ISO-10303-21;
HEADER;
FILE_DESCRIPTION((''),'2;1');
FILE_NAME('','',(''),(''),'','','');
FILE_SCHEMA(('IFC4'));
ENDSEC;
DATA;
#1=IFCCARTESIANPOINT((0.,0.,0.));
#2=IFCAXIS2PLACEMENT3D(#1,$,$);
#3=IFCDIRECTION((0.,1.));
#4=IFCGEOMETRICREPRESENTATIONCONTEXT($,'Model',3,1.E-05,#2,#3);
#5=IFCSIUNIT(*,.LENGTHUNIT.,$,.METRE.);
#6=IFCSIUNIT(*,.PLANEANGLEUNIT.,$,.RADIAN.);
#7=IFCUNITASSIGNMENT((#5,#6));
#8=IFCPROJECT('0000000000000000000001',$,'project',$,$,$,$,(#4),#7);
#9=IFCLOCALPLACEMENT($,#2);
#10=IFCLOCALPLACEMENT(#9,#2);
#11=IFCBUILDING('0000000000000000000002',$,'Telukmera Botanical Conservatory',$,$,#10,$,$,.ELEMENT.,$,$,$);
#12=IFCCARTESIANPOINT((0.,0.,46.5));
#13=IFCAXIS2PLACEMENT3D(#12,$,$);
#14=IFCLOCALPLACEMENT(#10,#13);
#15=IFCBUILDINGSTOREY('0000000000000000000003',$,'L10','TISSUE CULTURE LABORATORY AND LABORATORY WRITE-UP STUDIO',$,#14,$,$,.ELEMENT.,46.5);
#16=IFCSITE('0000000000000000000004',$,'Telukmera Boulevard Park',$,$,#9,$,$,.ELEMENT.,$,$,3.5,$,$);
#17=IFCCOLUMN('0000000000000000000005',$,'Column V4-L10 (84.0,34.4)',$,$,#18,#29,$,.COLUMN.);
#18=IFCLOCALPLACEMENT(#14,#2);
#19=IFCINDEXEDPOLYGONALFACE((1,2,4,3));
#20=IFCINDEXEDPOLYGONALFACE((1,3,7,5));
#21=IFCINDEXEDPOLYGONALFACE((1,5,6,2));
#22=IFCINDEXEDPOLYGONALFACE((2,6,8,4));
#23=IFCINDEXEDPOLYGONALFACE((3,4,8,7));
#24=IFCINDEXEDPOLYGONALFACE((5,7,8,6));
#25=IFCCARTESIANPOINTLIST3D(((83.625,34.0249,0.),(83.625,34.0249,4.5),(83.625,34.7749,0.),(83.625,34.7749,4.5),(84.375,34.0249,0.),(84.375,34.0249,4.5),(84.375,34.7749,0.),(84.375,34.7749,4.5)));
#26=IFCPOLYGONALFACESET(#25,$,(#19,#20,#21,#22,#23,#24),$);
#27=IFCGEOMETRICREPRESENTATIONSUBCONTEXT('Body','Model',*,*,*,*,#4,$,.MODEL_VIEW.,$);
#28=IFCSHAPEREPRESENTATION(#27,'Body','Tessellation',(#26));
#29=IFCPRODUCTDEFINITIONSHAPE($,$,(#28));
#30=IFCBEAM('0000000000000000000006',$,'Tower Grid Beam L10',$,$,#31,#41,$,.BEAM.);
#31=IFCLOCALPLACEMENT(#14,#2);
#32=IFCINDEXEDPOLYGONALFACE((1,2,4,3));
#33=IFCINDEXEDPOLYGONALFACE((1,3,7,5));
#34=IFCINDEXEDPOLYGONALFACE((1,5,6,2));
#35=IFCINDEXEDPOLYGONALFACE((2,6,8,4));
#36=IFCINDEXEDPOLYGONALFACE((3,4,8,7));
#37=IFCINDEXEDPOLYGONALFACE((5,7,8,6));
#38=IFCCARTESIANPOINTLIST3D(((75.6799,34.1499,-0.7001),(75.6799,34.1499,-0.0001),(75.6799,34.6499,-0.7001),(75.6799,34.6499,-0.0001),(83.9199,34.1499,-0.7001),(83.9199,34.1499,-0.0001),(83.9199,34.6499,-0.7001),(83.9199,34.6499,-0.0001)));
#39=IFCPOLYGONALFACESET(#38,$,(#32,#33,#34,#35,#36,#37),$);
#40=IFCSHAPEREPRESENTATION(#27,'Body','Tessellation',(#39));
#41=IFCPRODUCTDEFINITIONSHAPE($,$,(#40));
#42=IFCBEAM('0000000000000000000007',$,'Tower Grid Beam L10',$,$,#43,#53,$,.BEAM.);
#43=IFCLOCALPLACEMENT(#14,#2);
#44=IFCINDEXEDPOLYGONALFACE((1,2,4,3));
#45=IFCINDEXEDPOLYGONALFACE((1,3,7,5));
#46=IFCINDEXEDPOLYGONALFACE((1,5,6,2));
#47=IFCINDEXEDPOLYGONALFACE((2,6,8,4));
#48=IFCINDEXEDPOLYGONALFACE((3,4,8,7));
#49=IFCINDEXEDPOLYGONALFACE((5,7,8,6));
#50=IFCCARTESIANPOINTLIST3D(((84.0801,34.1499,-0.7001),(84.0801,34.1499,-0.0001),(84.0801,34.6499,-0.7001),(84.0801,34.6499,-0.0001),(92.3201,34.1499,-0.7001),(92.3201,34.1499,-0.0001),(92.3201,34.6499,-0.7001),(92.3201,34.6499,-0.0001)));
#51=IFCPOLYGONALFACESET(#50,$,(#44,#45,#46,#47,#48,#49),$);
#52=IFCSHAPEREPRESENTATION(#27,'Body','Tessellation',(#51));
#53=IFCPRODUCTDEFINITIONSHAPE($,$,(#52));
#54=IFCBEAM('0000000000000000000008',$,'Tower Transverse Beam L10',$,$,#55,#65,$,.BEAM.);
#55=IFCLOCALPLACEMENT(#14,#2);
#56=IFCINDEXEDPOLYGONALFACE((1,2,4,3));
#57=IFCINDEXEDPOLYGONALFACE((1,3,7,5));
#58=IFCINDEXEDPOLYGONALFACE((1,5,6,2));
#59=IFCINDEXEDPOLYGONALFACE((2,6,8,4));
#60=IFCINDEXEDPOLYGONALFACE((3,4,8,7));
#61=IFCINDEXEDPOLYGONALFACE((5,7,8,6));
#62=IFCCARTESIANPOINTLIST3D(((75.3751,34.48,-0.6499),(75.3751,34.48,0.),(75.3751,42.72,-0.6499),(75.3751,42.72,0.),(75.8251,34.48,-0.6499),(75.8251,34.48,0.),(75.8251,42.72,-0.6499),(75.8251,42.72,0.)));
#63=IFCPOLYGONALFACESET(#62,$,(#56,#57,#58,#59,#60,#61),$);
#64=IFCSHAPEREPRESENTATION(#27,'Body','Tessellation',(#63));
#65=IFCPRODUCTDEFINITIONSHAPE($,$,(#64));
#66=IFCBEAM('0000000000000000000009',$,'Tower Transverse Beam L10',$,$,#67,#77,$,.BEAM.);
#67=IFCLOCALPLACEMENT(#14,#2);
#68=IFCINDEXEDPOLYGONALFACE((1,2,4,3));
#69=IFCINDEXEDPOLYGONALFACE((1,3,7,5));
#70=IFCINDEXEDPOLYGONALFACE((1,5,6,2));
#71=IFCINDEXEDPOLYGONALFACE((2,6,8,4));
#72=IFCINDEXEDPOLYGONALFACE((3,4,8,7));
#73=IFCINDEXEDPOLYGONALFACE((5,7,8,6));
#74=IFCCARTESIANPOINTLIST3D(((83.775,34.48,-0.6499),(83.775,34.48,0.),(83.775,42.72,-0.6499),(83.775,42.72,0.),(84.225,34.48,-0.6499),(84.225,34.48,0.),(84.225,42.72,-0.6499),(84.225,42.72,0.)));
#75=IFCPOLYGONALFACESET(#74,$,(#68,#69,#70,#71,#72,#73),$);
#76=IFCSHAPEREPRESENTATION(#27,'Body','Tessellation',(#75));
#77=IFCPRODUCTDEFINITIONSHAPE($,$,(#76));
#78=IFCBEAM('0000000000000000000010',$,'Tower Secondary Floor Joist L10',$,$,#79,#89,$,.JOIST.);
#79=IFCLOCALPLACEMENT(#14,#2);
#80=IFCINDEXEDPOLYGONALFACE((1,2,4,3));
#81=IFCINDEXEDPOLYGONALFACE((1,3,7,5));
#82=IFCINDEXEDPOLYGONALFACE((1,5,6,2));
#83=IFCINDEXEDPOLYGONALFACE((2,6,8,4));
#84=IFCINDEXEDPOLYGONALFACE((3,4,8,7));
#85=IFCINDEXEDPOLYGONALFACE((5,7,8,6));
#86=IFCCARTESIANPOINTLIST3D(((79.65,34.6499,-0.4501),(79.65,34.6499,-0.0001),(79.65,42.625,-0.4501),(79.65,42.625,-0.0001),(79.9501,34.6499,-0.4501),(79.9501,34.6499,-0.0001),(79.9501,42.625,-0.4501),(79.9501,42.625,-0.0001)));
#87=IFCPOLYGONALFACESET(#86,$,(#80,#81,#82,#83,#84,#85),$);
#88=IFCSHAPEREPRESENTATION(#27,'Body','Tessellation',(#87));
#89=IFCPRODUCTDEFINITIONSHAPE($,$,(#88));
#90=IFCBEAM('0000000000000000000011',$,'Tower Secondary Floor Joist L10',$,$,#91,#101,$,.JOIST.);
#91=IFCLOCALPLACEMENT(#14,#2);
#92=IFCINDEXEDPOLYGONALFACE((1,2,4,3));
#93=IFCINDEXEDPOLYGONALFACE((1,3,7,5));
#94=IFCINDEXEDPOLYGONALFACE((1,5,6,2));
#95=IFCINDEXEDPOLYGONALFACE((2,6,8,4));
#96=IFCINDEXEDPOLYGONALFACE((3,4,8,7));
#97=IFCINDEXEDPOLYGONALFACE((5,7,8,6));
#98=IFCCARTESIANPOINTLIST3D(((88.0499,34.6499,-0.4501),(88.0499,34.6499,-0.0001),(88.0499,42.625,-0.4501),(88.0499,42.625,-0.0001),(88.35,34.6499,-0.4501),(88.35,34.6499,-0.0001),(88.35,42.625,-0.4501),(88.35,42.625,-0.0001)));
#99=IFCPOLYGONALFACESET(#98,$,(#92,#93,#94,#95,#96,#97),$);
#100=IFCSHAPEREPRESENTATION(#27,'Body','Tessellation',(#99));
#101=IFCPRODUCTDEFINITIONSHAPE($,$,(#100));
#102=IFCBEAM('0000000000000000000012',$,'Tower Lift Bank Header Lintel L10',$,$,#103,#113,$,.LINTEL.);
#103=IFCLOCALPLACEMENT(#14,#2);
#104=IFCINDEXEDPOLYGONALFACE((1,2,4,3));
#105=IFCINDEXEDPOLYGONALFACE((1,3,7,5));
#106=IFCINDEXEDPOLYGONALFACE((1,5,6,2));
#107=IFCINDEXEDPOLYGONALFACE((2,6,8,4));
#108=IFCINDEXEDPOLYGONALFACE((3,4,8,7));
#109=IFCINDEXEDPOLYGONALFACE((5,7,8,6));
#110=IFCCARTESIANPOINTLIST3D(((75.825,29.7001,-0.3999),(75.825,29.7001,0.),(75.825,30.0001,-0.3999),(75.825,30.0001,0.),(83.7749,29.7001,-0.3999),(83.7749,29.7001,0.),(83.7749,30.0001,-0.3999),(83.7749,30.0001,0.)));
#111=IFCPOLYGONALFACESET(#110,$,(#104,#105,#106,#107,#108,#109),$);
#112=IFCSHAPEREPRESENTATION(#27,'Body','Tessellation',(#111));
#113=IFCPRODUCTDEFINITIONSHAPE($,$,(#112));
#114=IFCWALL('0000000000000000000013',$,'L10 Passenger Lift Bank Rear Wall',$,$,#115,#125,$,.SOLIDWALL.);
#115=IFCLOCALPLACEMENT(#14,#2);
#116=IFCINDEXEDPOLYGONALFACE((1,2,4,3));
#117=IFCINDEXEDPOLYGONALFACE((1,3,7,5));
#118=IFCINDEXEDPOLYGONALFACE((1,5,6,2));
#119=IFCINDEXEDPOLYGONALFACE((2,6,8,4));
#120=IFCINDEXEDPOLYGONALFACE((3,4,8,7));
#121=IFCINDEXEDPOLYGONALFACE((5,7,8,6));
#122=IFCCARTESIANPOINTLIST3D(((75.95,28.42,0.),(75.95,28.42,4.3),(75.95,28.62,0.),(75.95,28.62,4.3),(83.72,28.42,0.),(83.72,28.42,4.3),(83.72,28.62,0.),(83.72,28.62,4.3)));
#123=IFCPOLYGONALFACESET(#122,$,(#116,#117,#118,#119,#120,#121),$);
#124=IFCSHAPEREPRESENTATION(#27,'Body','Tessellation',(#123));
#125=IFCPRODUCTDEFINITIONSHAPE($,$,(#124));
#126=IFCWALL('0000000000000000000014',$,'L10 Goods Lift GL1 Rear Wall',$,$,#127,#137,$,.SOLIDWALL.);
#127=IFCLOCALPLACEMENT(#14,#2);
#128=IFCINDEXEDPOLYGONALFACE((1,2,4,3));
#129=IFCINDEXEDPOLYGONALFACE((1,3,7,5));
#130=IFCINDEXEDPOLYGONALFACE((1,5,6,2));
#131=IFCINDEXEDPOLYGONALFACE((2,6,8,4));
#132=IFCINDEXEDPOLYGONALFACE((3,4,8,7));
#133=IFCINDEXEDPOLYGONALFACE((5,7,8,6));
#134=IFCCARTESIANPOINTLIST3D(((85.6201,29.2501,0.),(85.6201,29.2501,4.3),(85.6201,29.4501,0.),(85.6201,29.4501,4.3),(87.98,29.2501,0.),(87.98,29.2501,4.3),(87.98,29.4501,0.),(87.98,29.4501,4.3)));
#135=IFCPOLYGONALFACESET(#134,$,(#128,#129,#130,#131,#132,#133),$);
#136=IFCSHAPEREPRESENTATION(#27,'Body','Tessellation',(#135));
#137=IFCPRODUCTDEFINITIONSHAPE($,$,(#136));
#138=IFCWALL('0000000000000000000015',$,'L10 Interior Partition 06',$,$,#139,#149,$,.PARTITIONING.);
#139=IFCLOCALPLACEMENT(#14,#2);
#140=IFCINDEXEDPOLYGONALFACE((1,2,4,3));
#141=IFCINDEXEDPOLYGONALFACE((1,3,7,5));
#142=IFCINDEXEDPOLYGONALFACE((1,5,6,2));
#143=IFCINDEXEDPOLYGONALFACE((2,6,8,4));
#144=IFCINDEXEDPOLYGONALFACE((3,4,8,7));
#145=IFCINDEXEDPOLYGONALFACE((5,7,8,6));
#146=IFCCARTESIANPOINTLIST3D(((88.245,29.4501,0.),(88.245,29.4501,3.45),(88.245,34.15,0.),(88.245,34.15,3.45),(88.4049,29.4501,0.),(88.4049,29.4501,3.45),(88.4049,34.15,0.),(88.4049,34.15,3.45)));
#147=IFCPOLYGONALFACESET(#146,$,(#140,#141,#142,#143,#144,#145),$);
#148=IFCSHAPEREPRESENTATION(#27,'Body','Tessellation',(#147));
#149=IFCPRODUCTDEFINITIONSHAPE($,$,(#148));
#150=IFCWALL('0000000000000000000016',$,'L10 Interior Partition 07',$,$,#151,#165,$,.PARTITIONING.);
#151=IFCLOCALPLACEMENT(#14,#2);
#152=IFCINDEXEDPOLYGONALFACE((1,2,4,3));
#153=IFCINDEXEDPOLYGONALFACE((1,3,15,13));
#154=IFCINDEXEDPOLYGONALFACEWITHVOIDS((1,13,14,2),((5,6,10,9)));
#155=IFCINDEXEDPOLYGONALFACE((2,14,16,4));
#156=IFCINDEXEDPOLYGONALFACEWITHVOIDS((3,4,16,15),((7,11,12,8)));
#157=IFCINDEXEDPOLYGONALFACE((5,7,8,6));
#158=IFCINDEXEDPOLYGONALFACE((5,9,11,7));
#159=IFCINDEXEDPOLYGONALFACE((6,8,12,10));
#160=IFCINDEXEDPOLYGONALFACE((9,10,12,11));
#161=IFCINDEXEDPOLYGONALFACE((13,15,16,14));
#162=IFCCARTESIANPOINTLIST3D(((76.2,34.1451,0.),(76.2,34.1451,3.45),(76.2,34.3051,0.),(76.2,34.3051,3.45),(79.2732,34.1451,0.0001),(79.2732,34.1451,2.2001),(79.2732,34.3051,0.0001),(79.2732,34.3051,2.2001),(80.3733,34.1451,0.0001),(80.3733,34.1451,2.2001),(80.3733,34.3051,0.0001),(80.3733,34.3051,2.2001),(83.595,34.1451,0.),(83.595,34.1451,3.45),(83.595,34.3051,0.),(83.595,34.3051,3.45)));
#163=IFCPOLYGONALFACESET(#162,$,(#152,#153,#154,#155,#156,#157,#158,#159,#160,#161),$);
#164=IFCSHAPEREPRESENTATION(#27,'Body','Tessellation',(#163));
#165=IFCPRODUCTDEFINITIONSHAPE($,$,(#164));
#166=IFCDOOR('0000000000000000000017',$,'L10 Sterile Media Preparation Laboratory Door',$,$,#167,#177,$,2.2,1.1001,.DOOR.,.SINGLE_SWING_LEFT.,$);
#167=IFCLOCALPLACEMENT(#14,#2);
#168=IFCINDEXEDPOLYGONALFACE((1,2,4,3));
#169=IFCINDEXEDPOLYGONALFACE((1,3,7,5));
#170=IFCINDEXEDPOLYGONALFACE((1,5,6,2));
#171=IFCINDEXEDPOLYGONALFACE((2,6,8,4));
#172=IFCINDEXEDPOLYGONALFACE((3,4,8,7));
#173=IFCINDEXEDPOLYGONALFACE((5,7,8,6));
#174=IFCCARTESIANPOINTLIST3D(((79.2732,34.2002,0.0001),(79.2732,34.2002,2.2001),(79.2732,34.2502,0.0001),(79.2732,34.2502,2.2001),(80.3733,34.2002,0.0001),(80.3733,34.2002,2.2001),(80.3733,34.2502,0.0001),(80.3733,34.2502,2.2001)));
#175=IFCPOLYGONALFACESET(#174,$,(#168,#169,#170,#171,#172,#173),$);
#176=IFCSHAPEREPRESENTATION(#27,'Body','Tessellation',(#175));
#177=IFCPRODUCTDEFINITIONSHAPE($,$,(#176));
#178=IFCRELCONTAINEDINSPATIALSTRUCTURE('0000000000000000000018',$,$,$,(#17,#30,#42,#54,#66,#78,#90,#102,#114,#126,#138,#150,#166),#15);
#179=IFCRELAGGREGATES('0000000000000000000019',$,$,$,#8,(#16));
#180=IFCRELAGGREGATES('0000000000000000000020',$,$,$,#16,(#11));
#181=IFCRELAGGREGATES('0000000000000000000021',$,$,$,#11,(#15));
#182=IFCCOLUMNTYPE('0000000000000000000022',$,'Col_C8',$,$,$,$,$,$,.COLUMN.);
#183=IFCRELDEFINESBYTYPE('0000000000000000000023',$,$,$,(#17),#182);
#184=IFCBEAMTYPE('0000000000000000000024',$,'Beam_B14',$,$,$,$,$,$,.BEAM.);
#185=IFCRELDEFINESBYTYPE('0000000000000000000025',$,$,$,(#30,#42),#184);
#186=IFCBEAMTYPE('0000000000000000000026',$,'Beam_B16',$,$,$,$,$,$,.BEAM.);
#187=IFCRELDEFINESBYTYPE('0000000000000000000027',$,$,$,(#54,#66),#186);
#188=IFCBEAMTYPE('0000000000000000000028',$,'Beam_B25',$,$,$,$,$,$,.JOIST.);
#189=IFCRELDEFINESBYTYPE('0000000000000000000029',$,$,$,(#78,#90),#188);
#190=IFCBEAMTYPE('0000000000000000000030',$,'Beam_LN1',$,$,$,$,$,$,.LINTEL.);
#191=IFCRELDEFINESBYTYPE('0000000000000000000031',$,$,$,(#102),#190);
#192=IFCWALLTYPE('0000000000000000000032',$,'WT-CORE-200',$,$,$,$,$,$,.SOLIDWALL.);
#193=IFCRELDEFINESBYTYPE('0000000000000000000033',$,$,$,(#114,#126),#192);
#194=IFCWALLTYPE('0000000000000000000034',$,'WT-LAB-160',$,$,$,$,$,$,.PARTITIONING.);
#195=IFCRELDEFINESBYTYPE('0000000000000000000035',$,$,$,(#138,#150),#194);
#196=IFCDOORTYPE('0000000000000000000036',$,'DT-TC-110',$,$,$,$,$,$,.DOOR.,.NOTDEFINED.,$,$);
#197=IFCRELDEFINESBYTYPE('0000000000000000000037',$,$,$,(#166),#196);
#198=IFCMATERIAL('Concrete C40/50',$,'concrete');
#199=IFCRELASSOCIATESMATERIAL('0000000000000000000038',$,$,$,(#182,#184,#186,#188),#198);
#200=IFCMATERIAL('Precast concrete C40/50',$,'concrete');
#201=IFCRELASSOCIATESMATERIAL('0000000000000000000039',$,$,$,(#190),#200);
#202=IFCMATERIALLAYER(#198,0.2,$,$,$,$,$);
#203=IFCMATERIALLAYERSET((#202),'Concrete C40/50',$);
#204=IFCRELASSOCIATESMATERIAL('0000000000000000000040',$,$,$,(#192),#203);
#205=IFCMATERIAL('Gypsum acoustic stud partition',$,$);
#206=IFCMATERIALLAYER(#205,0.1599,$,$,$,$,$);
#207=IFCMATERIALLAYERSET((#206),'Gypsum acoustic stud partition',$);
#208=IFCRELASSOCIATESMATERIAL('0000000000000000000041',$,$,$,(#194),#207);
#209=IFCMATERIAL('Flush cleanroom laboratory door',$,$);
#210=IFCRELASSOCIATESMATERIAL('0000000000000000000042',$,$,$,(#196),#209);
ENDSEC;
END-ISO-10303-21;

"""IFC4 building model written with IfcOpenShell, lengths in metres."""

from ifc_helpers import new_model, si_unit, direction, frame, frame_2d, origin, origin_2d, place, context, subcontext, project, spatial, rectangle, extrude, material, layer, layer_set, material_profile, profile_set, type_object, element, fill, save


model = new_model("IFC4")

# Units and contexts
model_context = context("Model", 3, precision=1e-05, world=origin(), true_north=direction((0.0, 1.0)))
body_context = subcontext(model_context, "Body", "Model", "MODEL_VIEW")
ifc_project = project(units=[si_unit("LENGTHUNIT", "METRE"), si_unit("PLANEANGLEUNIT", "RADIAN")], contexts=[model_context])

# Site, building, storey
site_placement = place(None, origin())
site = spatial("IfcSite", under=ifc_project, at=site_placement, Name="Telukmera Boulevard Park", CompositionType="ELEMENT", RefElevation=3.5)
building_placement = place(site_placement, origin())
building = spatial("IfcBuilding", under=site, at=building_placement, Name="Telukmera Botanical Conservatory", CompositionType="ELEMENT")
storey_placement = place(building_placement, frame((0.0, 0.0, 46.5)))
storey = spatial("IfcBuildingStorey", under=building, at=storey_placement, Name="L10", Description="TISSUE CULTURE LABORATORY AND LABORATORY WRITE-UP STUDIO", CompositionType="ELEMENT", Elevation=46.5)

# Column
ifc_material_1 = material(Name="Concrete C40/50", Category="concrete")
ifc_material_profile_1 = material_profile(ifc_material_1, rectangle(XDim=0.75, YDim=0.75, at=origin_2d()), Name="RC 750x750")
ifc_profile_set_1 = profile_set([ifc_material_profile_1], Name="Concrete C40/50")
column_type = type_object("IfcColumnType", Name="Col_C8", PredefinedType="COLUMN", material=ifc_profile_set_1)
column_placement = place(storey_placement, frame((84.0, 34.3999, 0.0), z_axis=(0.0, 0.0, 1.0), x_axis=(1.0, 0.0, 0.0)))
element("IfcColumn", 1, at=column_placement, inside=storey, type_object=column_type, Name="Column V4-L10 (84.0,34.4)", PredefinedType="COLUMN", context=body_context, shape_type="SweptSolid", body=[
    extrude(rectangle(XDim=0.75, YDim=0.75, at=origin_2d()), origin(), (0.0, 0.0, 1.0), 4.5),
])

# Beams
ifc_material_profile_2 = material_profile(ifc_material_1, rectangle(XDim=0.5, YDim=0.7, at=origin_2d()), Name="RC 500x700")
ifc_profile_set_2 = profile_set([ifc_material_profile_2], Name="Concrete C40/50")
beam_type_1 = type_object("IfcBeamType", Name="Beam_B14", PredefinedType="BEAM", material=ifc_profile_set_2)
for number, where, z_axis, x_axis, name in (
    (2, (75.6799, 34.3999, -0.3501), (1.0, 0.0, 0.0), (0.0, 1.0, 0.0), "Tower Grid Beam L10"),
    (3, (84.0801, 34.3999, -0.3501), (1.0, 0.0, 0.0), (0.0, 1.0, 0.0), "Tower Grid Beam L10"),
):
    element("IfcBeam", number, at=place(storey_placement, frame(where, z_axis=z_axis, x_axis=x_axis)), inside=storey, type_object=beam_type_1, Name=name, PredefinedType="BEAM", context=body_context, shape_type="SweptSolid", body=[
        extrude(rectangle(XDim=0.5, YDim=0.7, at=origin_2d()), origin(), (0.0, 0.0, 1.0), 8.24),
    ])
ifc_material_profile_3 = material_profile(ifc_material_1, rectangle(XDim=0.45, YDim=0.6499, at=origin_2d()), Name="RC 450x650")
ifc_profile_set_3 = profile_set([ifc_material_profile_3], Name="Concrete C40/50")
beam_type_2 = type_object("IfcBeamType", Name="Beam_B16", PredefinedType="BEAM", material=ifc_profile_set_3)
for number, where, z_axis, x_axis, name in (
    (4, (75.6001, 34.48, -0.325), (0.0, 1.0, 0.0), (-1.0, 0.0, 0.0), "Tower Transverse Beam L10"),
    (5, (84.0, 34.48, -0.325), (0.0, 1.0, 0.0), (-1.0, 0.0, 0.0), "Tower Transverse Beam L10"),
):
    element("IfcBeam", number, at=place(storey_placement, frame(where, z_axis=z_axis, x_axis=x_axis)), inside=storey, type_object=beam_type_2, Name=name, PredefinedType="BEAM", context=body_context, shape_type="SweptSolid", body=[
        extrude(rectangle(XDim=0.45, YDim=0.6499, at=origin_2d()), origin(), (0.0, 0.0, 1.0), 8.24),
    ])
ifc_material_profile_4 = material_profile(ifc_material_1, rectangle(XDim=0.3, YDim=0.45, at=origin_2d()), Name="RC 300x450")
ifc_profile_set_4 = profile_set([ifc_material_profile_4], Name="Concrete C40/50")
beam_type_3 = type_object("IfcBeamType", Name="Beam_B25", PredefinedType="JOIST", material=ifc_profile_set_4)
for number, where, z_axis, x_axis, name in (
    (6, (79.8, 34.6499, -0.2251), (0.0, 1.0, 0.0), (-1.0, 0.0, 0.0), "Tower Secondary Floor Joist L10"),
    (7, (88.2, 34.6499, -0.2251), (0.0, 1.0, 0.0), (-1.0, 0.0, 0.0), "Tower Secondary Floor Joist L10"),
):
    element("IfcBeam", number, at=place(storey_placement, frame(where, z_axis=z_axis, x_axis=x_axis)), inside=storey, type_object=beam_type_3, Name=name, PredefinedType="JOIST", context=body_context, shape_type="SweptSolid", body=[
        extrude(rectangle(XDim=0.3, YDim=0.45, at=origin_2d()), origin(), (0.0, 0.0, 1.0), 7.9751),
    ])
ifc_material_2 = material(Name="Precast concrete C40/50", Category="concrete")
ifc_material_profile_5 = material_profile(ifc_material_2, rectangle(XDim=0.3, YDim=0.3999, at=origin_2d()), Name="PC 300x400")
ifc_profile_set_5 = profile_set([ifc_material_profile_5], Name="Precast concrete C40/50")
beam_type_4 = type_object("IfcBeamType", Name="Beam_LN1", PredefinedType="LINTEL", material=ifc_profile_set_5)
beam_placement = place(storey_placement, frame((75.825, 29.8501, -0.2), z_axis=(1.0, 0.0, 0.0), x_axis=(0.0, 1.0, 0.0)))
element("IfcBeam", 8, at=beam_placement, inside=storey, type_object=beam_type_4, Name="Tower Lift Bank Header Lintel L10", PredefinedType="LINTEL", context=body_context, shape_type="SweptSolid", body=[
    extrude(rectangle(XDim=0.3, YDim=0.3999, at=origin_2d()), origin(), (0.0, 0.0, 1.0), 7.95),
])

# Walls
ifc_layer_1 = layer(ifc_material_1, 0.2)
ifc_layer_set_1 = layer_set([ifc_layer_1], Name="Concrete C40/50")
wall_type_1 = type_object("IfcWallType", Name="WT-CORE-200", PredefinedType="SOLIDWALL", material=ifc_layer_set_1)
wall_1_placement = place(storey_placement, frame((75.95, 28.52, 0.0), z_axis=(0.0, 0.0, 1.0), x_axis=(1.0, 0.0, 0.0)))
element("IfcWall", 9, at=wall_1_placement, inside=storey, type_object=wall_type_1, Name="L10 Passenger Lift Bank Rear Wall", PredefinedType="SOLIDWALL", context=body_context, shape_type="SweptSolid", body=[
    extrude(rectangle(XDim=7.77, YDim=0.2, at=frame_2d((3.885, 0.0))), origin(), (0.0, 0.0, 1.0), 4.3),
])
wall_2_placement = place(storey_placement, frame((85.6201, 29.3501, 0.0), z_axis=(0.0, 0.0, 1.0), x_axis=(1.0, 0.0, 0.0)))
element("IfcWall", 10, at=wall_2_placement, inside=storey, type_object=wall_type_1, Name="L10 Goods Lift GL1 Rear Wall", PredefinedType="SOLIDWALL", context=body_context, shape_type="SweptSolid", body=[
    extrude(rectangle(XDim=2.3599, YDim=0.2, at=frame_2d((1.1799, 0.0))), origin(), (0.0, 0.0, 1.0), 4.3),
])
ifc_material_3 = material(Name="Gypsum acoustic stud partition")
ifc_layer_2 = layer(ifc_material_3, 0.1599)
ifc_layer_set_2 = layer_set([ifc_layer_2], Name="Gypsum acoustic stud partition")
wall_type_2 = type_object("IfcWallType", Name="WT-LAB-160", PredefinedType="PARTITIONING", material=ifc_layer_set_2)
wall_3_placement = place(storey_placement, frame((88.325, 29.45, 0.0), z_axis=(0.0, 0.0, 1.0), x_axis=(0.0, 1.0, 0.0)))
element("IfcWall", 11, at=wall_3_placement, inside=storey, type_object=wall_type_2, Name="L10 Interior Partition 06", PredefinedType="PARTITIONING", context=body_context, shape_type="SweptSolid", body=[
    extrude(rectangle(XDim=4.7, YDim=0.1599, at=frame_2d((2.3501, 0.0))), origin(), (0.0, 0.0, 1.0), 3.45),
])

# Wall, opening, door
wall_4_placement = place(storey_placement, frame((76.2, 34.2251, 0.0), z_axis=(0.0, 0.0, 1.0), x_axis=(1.0, 0.0, 0.0)))
wall_4 = element("IfcWall", 12, at=wall_4_placement, inside=storey, type_object=wall_type_2, Name="L10 Interior Partition 07", PredefinedType="PARTITIONING", context=body_context, shape_type="SweptSolid", body=[
    extrude(rectangle(XDim=7.395, YDim=0.1599, at=frame_2d((3.6975, 0.0))), origin(), (0.0, 0.0, 1.0), 3.45),
])
opening_1_placement = place(wall_4_placement, frame((3.0732, 0.0, 0.0)))
opening_1 = element("IfcOpeningElement", 13, at=opening_1_placement, cuts=wall_4, PredefinedType="OPENING", context=body_context, shape_type="SweptSolid", body=[
    extrude(rectangle(XDim=1.1001, YDim=2.2, at=frame_2d((0.55, 1.1001))), frame((0.0, 0.0898, 0.0), z_axis=(0.0, -1.0, 0.0), x_axis=(1.0, 0.0, 0.0)), (0.0, 0.0, 1.0), 0.1799),
])
ifc_material_4 = material(Name="Flush cleanroom laboratory door")
door_type = type_object("IfcDoorType", Name="DT-TC-110", OperationType="NOTDEFINED", PredefinedType="DOOR", material=ifc_material_4)
door_1_placement = place(opening_1_placement, frame((1.1001, 0.0, 0.0), z_axis=(0.0, 0.0, 1.0), x_axis=(-1.0, 0.0, 0.0)))
door_1 = element("IfcDoor", 14, at=door_1_placement, inside=storey, type_object=door_type, Name="L10 Sterile Media Preparation Laboratory Door", OperationType="SINGLE_SWING_LEFT", OverallHeight=2.2, OverallWidth=1.1001, PredefinedType="DOOR", context=body_context, shape_type="SweptSolid", body=[
    extrude(rectangle(XDim=1.1001, YDim=2.2, at=frame_2d((0.55, 1.1001))), frame((0.0, 0.0249, 0.0), z_axis=(0.0, -1.0, 0.0), x_axis=(1.0, 0.0, 0.0)), (0.0, 0.0, 1.0), 0.05),
])
fill(opening_1, door_1)

save(model, "model.ifc")
